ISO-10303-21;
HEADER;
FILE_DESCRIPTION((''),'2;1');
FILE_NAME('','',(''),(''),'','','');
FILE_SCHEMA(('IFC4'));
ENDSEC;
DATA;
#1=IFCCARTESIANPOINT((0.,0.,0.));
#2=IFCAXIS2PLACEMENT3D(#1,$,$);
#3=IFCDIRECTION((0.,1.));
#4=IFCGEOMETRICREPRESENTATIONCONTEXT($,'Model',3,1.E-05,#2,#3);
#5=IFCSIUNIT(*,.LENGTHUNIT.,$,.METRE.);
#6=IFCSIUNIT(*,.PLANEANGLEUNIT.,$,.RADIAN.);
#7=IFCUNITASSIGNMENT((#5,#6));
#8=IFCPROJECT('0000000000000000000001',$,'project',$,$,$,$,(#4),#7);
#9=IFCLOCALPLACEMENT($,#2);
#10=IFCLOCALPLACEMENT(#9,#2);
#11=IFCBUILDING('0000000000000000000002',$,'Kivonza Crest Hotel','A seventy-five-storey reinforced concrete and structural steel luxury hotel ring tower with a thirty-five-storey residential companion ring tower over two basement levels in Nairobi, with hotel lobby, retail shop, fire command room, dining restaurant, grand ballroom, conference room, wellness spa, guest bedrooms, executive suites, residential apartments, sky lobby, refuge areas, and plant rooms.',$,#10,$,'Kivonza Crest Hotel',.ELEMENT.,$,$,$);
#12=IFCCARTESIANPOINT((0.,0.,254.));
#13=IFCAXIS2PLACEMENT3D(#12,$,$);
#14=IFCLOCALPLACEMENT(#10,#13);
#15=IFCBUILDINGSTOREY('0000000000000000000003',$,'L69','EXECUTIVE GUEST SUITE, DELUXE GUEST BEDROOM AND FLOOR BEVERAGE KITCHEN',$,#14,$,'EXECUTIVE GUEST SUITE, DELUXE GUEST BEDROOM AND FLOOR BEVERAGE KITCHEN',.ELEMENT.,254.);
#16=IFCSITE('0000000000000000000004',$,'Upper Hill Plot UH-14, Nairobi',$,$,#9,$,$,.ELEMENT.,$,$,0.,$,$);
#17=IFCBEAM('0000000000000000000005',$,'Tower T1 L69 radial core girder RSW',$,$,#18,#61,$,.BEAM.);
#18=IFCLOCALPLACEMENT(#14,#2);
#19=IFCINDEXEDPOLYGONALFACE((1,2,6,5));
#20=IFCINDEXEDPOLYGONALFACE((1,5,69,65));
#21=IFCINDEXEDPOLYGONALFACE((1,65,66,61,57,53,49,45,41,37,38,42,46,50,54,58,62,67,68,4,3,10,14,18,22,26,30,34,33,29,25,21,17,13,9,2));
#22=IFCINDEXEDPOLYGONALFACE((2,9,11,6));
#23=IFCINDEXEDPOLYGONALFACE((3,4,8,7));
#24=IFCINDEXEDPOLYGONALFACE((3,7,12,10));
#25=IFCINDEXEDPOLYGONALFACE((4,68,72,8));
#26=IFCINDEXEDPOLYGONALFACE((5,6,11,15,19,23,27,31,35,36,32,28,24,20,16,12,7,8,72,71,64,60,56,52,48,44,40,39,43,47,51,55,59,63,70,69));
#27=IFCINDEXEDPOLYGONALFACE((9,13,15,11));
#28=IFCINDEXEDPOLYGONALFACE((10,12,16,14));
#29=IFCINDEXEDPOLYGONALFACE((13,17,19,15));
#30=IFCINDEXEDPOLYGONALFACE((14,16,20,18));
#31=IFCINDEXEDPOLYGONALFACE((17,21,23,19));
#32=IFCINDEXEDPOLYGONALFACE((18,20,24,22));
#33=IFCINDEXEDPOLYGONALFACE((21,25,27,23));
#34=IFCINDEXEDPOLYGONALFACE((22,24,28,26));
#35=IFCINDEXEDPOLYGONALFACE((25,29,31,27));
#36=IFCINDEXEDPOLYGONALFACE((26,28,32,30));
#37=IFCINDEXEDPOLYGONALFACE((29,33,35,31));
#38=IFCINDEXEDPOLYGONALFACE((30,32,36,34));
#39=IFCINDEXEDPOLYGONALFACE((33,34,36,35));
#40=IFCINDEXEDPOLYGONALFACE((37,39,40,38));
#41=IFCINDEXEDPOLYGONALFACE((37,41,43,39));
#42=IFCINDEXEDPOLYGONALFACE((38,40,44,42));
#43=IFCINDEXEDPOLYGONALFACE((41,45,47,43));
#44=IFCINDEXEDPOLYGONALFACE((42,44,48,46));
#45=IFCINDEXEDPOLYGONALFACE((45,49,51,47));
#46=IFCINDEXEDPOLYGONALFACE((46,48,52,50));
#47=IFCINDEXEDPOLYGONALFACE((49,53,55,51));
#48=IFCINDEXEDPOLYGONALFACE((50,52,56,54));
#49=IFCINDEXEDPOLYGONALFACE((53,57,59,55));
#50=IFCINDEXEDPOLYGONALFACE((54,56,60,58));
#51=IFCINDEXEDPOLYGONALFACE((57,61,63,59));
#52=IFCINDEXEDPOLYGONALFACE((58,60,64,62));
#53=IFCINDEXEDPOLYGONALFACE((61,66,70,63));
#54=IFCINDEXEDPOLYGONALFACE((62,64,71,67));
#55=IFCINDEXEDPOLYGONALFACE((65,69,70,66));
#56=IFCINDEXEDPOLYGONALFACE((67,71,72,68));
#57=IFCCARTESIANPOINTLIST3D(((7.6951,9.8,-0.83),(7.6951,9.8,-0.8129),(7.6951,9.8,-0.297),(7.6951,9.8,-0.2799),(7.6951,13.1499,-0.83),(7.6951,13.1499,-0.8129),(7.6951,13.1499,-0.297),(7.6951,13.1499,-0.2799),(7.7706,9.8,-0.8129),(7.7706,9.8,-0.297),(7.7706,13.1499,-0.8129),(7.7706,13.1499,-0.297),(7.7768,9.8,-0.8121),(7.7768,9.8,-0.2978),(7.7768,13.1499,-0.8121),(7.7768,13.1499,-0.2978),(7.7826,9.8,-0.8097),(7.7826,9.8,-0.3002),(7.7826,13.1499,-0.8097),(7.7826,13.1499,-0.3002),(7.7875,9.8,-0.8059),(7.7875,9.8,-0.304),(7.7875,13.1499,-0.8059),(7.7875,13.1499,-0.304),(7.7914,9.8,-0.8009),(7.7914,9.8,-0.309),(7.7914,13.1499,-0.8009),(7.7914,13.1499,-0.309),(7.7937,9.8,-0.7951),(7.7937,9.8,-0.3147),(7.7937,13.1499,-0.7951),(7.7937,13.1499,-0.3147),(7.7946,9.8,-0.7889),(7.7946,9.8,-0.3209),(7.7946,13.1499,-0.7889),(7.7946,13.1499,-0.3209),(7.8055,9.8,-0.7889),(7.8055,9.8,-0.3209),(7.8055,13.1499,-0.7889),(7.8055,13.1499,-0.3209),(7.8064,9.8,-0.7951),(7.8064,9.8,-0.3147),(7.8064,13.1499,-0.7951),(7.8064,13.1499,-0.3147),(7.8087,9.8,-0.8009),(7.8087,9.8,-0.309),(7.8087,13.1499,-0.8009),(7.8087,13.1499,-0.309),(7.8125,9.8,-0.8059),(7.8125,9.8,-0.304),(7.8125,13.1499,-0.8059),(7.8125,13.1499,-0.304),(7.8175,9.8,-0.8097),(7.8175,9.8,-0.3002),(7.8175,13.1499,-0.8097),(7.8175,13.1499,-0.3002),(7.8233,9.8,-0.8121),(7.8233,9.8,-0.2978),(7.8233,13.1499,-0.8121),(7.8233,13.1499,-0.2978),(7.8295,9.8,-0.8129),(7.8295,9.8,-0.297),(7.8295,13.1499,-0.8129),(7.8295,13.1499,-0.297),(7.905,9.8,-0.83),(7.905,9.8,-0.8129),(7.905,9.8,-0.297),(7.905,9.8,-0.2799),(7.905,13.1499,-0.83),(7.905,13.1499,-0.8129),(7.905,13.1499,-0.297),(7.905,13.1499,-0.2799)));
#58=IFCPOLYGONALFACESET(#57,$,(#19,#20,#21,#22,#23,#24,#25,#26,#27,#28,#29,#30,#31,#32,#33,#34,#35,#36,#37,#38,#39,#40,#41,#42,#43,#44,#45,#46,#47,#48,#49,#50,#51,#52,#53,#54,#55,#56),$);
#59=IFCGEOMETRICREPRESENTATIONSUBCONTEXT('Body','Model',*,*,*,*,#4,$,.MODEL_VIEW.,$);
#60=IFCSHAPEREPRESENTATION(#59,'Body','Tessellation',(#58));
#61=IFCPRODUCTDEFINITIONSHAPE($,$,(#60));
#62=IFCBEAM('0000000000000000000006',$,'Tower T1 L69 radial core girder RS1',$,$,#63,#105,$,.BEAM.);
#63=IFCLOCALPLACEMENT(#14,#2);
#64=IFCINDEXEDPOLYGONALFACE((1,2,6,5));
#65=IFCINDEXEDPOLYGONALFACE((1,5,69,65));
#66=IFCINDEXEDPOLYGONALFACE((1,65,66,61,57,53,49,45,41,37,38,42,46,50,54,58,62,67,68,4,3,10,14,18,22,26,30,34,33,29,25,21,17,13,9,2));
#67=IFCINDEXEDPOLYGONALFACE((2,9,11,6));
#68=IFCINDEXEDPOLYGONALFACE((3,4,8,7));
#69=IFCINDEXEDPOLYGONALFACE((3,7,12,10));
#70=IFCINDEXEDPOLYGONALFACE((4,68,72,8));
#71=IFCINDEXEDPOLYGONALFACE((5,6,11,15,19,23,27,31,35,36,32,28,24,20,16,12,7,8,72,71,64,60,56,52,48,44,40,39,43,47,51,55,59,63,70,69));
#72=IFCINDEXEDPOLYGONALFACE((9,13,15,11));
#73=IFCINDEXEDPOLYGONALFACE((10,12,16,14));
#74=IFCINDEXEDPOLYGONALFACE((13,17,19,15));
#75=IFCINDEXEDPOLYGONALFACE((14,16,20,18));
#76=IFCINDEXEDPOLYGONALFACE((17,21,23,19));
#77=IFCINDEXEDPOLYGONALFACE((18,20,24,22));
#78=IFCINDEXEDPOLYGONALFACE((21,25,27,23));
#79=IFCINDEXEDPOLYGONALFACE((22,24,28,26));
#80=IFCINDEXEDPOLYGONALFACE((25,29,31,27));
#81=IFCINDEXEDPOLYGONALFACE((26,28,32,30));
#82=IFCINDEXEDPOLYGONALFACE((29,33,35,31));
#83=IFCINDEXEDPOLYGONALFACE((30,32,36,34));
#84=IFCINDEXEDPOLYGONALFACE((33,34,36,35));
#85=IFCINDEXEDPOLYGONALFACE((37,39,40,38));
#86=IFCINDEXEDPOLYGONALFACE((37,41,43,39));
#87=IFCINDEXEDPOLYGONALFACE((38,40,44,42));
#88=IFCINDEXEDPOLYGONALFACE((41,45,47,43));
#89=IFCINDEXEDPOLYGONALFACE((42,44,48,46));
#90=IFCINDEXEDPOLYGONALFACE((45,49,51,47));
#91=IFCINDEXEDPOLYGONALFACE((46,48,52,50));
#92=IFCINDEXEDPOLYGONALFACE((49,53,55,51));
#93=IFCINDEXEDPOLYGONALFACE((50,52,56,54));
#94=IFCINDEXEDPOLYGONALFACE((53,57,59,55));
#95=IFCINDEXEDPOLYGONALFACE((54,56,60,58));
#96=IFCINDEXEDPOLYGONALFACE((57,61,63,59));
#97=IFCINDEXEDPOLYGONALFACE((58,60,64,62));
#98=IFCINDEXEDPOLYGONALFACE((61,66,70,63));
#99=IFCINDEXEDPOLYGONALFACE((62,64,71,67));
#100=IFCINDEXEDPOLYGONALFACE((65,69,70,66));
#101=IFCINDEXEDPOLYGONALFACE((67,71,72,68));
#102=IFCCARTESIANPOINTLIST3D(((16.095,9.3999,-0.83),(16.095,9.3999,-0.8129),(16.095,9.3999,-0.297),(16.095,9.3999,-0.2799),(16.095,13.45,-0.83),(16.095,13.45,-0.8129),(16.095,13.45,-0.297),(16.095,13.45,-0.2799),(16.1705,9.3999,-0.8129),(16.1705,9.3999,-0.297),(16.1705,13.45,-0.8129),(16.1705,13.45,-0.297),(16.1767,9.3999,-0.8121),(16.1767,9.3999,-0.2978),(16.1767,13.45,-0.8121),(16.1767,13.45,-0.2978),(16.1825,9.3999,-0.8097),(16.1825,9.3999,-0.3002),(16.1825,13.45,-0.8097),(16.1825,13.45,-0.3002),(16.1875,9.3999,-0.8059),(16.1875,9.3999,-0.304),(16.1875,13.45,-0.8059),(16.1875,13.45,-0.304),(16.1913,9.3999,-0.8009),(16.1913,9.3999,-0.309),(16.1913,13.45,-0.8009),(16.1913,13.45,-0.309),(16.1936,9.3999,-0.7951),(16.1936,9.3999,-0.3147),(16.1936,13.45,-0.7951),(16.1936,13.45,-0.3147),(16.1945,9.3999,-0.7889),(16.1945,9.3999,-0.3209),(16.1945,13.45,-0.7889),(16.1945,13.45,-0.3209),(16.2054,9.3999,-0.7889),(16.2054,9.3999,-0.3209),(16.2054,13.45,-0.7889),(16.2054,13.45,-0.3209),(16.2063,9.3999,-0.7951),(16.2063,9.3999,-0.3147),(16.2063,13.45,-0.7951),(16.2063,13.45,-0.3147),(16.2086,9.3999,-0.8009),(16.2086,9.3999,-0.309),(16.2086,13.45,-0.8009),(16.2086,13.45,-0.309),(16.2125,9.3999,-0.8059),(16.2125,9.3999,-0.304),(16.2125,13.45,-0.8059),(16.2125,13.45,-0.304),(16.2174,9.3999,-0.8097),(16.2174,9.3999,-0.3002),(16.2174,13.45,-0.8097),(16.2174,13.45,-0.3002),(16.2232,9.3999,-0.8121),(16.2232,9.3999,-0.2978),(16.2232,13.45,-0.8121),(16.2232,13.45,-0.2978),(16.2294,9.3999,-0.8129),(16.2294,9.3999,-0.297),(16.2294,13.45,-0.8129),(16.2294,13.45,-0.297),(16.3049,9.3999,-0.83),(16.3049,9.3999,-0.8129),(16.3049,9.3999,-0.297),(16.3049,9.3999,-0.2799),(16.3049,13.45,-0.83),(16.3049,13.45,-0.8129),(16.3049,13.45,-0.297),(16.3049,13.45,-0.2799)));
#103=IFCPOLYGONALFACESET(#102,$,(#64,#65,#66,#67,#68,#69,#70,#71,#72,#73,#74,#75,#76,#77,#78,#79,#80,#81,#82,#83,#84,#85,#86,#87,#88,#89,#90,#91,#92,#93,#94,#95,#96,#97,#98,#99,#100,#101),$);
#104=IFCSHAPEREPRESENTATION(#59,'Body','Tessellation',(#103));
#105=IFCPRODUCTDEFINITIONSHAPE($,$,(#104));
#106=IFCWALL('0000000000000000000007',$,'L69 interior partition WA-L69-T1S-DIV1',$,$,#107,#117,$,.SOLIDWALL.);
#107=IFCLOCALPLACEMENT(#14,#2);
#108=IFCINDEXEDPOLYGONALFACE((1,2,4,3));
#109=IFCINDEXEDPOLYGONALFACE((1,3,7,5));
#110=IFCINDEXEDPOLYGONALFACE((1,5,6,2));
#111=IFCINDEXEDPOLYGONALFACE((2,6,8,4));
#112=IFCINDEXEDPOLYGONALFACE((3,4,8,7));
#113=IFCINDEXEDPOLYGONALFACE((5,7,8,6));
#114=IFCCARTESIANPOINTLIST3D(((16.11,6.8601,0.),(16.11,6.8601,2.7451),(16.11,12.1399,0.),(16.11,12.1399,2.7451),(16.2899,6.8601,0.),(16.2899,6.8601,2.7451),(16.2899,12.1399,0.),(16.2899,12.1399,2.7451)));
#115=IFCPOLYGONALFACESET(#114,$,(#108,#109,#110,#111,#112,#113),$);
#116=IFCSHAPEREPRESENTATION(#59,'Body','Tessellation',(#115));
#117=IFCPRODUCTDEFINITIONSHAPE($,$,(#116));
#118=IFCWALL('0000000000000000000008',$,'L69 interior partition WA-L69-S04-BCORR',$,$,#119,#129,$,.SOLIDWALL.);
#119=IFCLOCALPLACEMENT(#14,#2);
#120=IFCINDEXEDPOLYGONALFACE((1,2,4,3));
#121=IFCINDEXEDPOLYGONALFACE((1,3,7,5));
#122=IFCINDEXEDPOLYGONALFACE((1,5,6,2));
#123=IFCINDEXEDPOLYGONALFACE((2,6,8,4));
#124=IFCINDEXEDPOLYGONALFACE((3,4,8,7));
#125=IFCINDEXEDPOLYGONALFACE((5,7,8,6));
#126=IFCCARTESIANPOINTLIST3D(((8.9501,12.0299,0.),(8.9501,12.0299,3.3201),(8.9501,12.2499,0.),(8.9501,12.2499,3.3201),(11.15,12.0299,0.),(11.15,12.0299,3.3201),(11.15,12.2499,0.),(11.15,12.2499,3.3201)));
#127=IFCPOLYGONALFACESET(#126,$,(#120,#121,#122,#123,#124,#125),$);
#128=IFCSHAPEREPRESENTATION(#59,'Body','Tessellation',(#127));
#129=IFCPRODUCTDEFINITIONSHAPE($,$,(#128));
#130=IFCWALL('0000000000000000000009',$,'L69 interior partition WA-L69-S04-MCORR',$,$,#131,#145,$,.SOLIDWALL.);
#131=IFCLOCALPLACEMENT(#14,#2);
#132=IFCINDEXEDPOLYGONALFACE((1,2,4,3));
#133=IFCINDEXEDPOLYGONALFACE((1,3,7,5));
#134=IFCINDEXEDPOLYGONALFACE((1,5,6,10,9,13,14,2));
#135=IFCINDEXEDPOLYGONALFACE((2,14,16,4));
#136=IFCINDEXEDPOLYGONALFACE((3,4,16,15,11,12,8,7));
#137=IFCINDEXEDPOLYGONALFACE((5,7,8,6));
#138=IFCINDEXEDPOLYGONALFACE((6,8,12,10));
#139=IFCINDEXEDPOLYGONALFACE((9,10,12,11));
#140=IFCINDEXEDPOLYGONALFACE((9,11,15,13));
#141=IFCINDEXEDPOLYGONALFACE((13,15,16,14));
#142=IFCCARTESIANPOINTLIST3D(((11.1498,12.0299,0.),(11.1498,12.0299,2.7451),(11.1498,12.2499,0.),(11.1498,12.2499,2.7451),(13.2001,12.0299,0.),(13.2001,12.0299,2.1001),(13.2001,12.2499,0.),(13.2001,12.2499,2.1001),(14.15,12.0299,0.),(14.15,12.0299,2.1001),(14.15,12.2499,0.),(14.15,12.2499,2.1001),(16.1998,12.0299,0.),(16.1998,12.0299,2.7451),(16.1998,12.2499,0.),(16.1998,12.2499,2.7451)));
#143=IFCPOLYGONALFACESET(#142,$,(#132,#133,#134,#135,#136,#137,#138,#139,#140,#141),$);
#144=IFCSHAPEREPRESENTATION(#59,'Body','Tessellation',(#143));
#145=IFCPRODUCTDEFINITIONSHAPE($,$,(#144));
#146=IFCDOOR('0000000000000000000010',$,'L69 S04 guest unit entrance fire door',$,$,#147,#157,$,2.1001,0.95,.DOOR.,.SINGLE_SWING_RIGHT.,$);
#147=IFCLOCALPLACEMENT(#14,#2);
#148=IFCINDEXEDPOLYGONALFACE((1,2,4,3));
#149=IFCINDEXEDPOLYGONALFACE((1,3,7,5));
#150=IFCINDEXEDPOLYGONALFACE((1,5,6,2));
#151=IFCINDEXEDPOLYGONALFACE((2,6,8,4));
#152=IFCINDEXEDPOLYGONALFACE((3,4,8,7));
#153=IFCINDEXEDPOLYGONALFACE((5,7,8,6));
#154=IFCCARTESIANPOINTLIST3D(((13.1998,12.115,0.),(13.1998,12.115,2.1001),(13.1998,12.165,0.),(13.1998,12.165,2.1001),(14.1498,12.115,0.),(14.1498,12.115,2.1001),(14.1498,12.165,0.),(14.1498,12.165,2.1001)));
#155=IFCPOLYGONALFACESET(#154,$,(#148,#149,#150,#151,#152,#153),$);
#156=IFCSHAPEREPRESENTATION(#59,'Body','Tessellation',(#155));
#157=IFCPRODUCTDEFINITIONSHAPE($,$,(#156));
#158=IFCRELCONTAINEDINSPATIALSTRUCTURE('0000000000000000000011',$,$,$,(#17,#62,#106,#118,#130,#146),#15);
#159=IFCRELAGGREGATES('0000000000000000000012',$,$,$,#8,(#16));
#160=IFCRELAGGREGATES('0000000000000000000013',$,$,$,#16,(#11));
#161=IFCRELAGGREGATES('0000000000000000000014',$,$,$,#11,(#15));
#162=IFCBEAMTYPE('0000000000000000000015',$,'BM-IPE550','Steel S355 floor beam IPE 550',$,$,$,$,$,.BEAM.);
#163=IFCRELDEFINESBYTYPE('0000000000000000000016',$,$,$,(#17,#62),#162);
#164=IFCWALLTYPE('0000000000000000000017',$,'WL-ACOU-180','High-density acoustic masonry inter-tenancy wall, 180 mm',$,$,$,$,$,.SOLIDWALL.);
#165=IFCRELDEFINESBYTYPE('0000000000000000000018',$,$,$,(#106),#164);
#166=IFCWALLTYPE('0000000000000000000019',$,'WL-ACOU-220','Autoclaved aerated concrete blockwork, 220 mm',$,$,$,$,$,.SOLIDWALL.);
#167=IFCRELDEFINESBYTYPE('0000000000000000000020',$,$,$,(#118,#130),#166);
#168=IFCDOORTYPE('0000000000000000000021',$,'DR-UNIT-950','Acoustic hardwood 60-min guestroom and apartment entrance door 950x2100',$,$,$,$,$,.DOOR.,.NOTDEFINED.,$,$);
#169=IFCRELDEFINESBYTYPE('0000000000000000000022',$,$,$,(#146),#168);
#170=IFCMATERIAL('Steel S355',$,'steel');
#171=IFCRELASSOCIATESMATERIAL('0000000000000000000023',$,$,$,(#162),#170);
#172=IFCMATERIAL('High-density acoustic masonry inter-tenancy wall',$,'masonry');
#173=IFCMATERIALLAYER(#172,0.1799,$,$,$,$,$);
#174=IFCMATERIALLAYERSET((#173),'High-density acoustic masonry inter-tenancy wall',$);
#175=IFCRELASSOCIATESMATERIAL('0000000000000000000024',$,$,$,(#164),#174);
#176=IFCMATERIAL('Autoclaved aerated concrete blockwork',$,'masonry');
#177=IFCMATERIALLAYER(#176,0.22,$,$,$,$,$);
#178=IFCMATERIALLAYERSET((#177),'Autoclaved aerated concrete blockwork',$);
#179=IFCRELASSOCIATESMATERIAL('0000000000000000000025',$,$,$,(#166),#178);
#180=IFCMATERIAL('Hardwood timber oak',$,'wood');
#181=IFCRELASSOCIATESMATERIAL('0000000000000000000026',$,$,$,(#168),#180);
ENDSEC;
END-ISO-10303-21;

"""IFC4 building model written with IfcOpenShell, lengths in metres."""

from ifc_helpers import new_model, si_unit, direction, frame, frame_2d, origin, origin_2d, place, context, subcontext, project, spatial, rectangle, i_section, extrude, material, layer, layer_set, material_profile, profile_set, type_object, element, fill, save


model = new_model("IFC4")

# Units and contexts
model_context = context("Model", 3, precision=1e-05, world=origin(), true_north=direction((0.0, 1.0)))
body_context = subcontext(model_context, "Body", "Model", "MODEL_VIEW")
ifc_project = project(units=[si_unit("LENGTHUNIT", "METRE"), si_unit("PLANEANGLEUNIT", "RADIAN")], contexts=[model_context])

# Site, building, storey
site_placement = place(None, origin())
site = spatial("IfcSite", under=ifc_project, at=site_placement, Name="Upper Hill Plot UH-14, Nairobi", CompositionType="ELEMENT", RefElevation=0.0)
building_placement = place(site_placement, origin())
building = spatial("IfcBuilding", under=site, at=building_placement, Name="Kivonza Crest Hotel", Description="A seventy-five-storey reinforced concrete and structural steel luxury hotel ring tower with a thirty-five-storey residential companion ring tower over two basement levels in Nairobi, with hotel lobby, retail shop, fire command room, dining restaurant, grand ballroom, conference room, wellness spa, guest bedrooms, executive suites, residential apartments, sky lobby, refuge areas, and plant rooms.", LongName="Kivonza Crest Hotel", CompositionType="ELEMENT")
storey_placement = place(building_placement, frame((0.0, 0.0, 254.0)))
storey = spatial("IfcBuildingStorey", under=building, at=storey_placement, Name="L69", Description="EXECUTIVE GUEST SUITE, DELUXE GUEST BEDROOM AND FLOOR BEVERAGE KITCHEN", LongName="EXECUTIVE GUEST SUITE, DELUXE GUEST BEDROOM AND FLOOR BEVERAGE KITCHEN", CompositionType="ELEMENT", Elevation=254.0)

# Beams
ifc_material_1 = material(Name="Steel S355", Category="steel")
ifc_material_profile_1 = material_profile(ifc_material_1, i_section(OverallWidth=0.21, OverallDepth=0.55, WebThickness=0.011, FlangeThickness=0.0171, FilletRadius=0.0239, at=origin_2d()), Name="IPE 550")
ifc_profile_set_1 = profile_set([ifc_material_profile_1], Name="Steel S355")
beam_type_1 = type_object("IfcBeamType", Name="BM-IPE550", Description="Steel S355 floor beam IPE 550", PredefinedType="BEAM", material=ifc_profile_set_1)
beam_1_placement = place(storey_placement, frame((7.8, 9.8, -0.5549), z_axis=(0.0, 1.0, 0.0), x_axis=(-1.0, 0.0, 0.0)))
element("IfcBeam", 1, at=beam_1_placement, inside=storey, type_object=beam_type_1, Name="Tower T1 L69 radial core girder RSW", PredefinedType="BEAM", context=body_context, shape_type="SweptSolid", body=[
    extrude(i_section(OverallWidth=0.21, OverallDepth=0.55, WebThickness=0.011, FlangeThickness=0.0171, FilletRadius=0.0239, at=origin_2d()), origin(), (0.0, 0.0, 1.0), 3.3499),
])
beam_2_placement = place(storey_placement, frame((16.2, 9.3999, -0.5549), z_axis=(0.0, 1.0, 0.0), x_axis=(-1.0, 0.0, 0.0)))
element("IfcBeam", 2, at=beam_2_placement, inside=storey, type_object=beam_type_1, Name="Tower T1 L69 radial core girder RS1", PredefinedType="BEAM", context=body_context, shape_type="SweptSolid", body=[
    extrude(i_section(OverallWidth=0.21, OverallDepth=0.55, WebThickness=0.011, FlangeThickness=0.0171, FilletRadius=0.0239, at=origin_2d()), origin(), (0.0, 0.0, 1.0), 4.05),
])

# Walls
ifc_material_2 = material(Name="High-density acoustic masonry inter-tenancy wall", Category="masonry")
ifc_layer_1 = layer(ifc_material_2, 0.1799)
ifc_layer_set_1 = layer_set([ifc_layer_1], Name="High-density acoustic masonry inter-tenancy wall")
wall_type_1 = type_object("IfcWallType", Name="WL-ACOU-180", Description="High-density acoustic masonry inter-tenancy wall, 180 mm", PredefinedType="SOLIDWALL", material=ifc_layer_set_1)
wall_1_placement = place(storey_placement, frame((16.2, 6.8601, 0.0), z_axis=(0.0, 0.0, 1.0), x_axis=(0.0, 1.0, 0.0)))
element("IfcWall", 3, at=wall_1_placement, inside=storey, type_object=wall_type_1, Name="L69 interior partition WA-L69-T1S-DIV1", PredefinedType="SOLIDWALL", context=body_context, shape_type="SweptSolid", body=[
    extrude(rectangle(XDim=5.2798, YDim=0.1799, at=frame_2d((2.6399, 0.0))), origin(), (0.0, 0.0, 1.0), 2.7451),
])
ifc_material_3 = material(Name="Autoclaved aerated concrete blockwork", Category="masonry")
ifc_layer_2 = layer(ifc_material_3, 0.22)
ifc_layer_set_2 = layer_set([ifc_layer_2], Name="Autoclaved aerated concrete blockwork")
wall_type_2 = type_object("IfcWallType", Name="WL-ACOU-220", Description="Autoclaved aerated concrete blockwork, 220 mm", PredefinedType="SOLIDWALL", material=ifc_layer_set_2)
wall_2_placement = place(storey_placement, frame((8.95, 12.1399, 0.0), z_axis=(0.0, 0.0, 1.0), x_axis=(1.0, 0.0, 0.0)))
element("IfcWall", 4, at=wall_2_placement, inside=storey, type_object=wall_type_2, Name="L69 interior partition WA-L69-S04-BCORR", PredefinedType="SOLIDWALL", context=body_context, shape_type="SweptSolid", body=[
    extrude(rectangle(XDim=2.2, YDim=0.22, at=frame_2d((1.1001, 0.0))), origin(), (0.0, 0.0, 1.0), 3.3201),
])

# Wall, opening, door
wall_3_placement = place(storey_placement, frame((11.1499, 12.1399, 0.0), z_axis=(0.0, 0.0, 1.0), x_axis=(1.0, 0.0, 0.0)))
wall_3 = element("IfcWall", 5, at=wall_3_placement, inside=storey, type_object=wall_type_2, Name="L69 interior partition WA-L69-S04-MCORR", PredefinedType="SOLIDWALL", context=body_context, shape_type="SweptSolid", body=[
    extrude(rectangle(XDim=5.05, YDim=0.22, at=frame_2d((2.5249, 0.0))), origin(), (0.0, 0.0, 1.0), 2.7451),
])
opening_1_placement = place(wall_3_placement, frame((2.05, 0.0, 0.0)))
opening_1 = element("IfcOpeningElement", 6, at=opening_1_placement, cuts=wall_3, PredefinedType="OPENING", context=body_context, shape_type="SweptSolid", body=[
    extrude(rectangle(XDim=0.95, YDim=2.1001, at=frame_2d((0.4751, 1.05))), frame((0.0, 0.1201, 0.0), z_axis=(0.0, -1.0, 0.0), x_axis=(1.0, 0.0, 0.0)), (0.0, 0.0, 1.0), 0.24),
])
ifc_material_4 = material(Name="Hardwood timber oak", Category="wood")
door_type_1 = type_object("IfcDoorType", Name="DR-UNIT-950", Description="Acoustic hardwood 60-min guestroom and apartment entrance door 950x2100", OperationType="NOTDEFINED", PredefinedType="DOOR", material=ifc_material_4)
door_1_placement = place(opening_1_placement, frame((0.95, 0.0, 0.0), z_axis=(0.0, 0.0, 1.0), x_axis=(-1.0, 0.0, 0.0)))
door_1 = element("IfcDoor", 7, at=door_1_placement, inside=storey, type_object=door_type_1, Name="L69 S04 guest unit entrance fire door", OperationType="SINGLE_SWING_RIGHT", OverallHeight=2.1001, OverallWidth=0.95, PredefinedType="DOOR", context=body_context, shape_type="SweptSolid", body=[
    extrude(rectangle(XDim=0.95, YDim=2.1001, at=frame_2d((0.4751, 1.05))), frame((0.0, 0.0249, 0.0), z_axis=(0.0, -1.0, 0.0), x_axis=(1.0, 0.0, 0.0)), (0.0, 0.0, 1.0), 0.05),
])
fill(opening_1, door_1)

save(model, "model.ifc")
